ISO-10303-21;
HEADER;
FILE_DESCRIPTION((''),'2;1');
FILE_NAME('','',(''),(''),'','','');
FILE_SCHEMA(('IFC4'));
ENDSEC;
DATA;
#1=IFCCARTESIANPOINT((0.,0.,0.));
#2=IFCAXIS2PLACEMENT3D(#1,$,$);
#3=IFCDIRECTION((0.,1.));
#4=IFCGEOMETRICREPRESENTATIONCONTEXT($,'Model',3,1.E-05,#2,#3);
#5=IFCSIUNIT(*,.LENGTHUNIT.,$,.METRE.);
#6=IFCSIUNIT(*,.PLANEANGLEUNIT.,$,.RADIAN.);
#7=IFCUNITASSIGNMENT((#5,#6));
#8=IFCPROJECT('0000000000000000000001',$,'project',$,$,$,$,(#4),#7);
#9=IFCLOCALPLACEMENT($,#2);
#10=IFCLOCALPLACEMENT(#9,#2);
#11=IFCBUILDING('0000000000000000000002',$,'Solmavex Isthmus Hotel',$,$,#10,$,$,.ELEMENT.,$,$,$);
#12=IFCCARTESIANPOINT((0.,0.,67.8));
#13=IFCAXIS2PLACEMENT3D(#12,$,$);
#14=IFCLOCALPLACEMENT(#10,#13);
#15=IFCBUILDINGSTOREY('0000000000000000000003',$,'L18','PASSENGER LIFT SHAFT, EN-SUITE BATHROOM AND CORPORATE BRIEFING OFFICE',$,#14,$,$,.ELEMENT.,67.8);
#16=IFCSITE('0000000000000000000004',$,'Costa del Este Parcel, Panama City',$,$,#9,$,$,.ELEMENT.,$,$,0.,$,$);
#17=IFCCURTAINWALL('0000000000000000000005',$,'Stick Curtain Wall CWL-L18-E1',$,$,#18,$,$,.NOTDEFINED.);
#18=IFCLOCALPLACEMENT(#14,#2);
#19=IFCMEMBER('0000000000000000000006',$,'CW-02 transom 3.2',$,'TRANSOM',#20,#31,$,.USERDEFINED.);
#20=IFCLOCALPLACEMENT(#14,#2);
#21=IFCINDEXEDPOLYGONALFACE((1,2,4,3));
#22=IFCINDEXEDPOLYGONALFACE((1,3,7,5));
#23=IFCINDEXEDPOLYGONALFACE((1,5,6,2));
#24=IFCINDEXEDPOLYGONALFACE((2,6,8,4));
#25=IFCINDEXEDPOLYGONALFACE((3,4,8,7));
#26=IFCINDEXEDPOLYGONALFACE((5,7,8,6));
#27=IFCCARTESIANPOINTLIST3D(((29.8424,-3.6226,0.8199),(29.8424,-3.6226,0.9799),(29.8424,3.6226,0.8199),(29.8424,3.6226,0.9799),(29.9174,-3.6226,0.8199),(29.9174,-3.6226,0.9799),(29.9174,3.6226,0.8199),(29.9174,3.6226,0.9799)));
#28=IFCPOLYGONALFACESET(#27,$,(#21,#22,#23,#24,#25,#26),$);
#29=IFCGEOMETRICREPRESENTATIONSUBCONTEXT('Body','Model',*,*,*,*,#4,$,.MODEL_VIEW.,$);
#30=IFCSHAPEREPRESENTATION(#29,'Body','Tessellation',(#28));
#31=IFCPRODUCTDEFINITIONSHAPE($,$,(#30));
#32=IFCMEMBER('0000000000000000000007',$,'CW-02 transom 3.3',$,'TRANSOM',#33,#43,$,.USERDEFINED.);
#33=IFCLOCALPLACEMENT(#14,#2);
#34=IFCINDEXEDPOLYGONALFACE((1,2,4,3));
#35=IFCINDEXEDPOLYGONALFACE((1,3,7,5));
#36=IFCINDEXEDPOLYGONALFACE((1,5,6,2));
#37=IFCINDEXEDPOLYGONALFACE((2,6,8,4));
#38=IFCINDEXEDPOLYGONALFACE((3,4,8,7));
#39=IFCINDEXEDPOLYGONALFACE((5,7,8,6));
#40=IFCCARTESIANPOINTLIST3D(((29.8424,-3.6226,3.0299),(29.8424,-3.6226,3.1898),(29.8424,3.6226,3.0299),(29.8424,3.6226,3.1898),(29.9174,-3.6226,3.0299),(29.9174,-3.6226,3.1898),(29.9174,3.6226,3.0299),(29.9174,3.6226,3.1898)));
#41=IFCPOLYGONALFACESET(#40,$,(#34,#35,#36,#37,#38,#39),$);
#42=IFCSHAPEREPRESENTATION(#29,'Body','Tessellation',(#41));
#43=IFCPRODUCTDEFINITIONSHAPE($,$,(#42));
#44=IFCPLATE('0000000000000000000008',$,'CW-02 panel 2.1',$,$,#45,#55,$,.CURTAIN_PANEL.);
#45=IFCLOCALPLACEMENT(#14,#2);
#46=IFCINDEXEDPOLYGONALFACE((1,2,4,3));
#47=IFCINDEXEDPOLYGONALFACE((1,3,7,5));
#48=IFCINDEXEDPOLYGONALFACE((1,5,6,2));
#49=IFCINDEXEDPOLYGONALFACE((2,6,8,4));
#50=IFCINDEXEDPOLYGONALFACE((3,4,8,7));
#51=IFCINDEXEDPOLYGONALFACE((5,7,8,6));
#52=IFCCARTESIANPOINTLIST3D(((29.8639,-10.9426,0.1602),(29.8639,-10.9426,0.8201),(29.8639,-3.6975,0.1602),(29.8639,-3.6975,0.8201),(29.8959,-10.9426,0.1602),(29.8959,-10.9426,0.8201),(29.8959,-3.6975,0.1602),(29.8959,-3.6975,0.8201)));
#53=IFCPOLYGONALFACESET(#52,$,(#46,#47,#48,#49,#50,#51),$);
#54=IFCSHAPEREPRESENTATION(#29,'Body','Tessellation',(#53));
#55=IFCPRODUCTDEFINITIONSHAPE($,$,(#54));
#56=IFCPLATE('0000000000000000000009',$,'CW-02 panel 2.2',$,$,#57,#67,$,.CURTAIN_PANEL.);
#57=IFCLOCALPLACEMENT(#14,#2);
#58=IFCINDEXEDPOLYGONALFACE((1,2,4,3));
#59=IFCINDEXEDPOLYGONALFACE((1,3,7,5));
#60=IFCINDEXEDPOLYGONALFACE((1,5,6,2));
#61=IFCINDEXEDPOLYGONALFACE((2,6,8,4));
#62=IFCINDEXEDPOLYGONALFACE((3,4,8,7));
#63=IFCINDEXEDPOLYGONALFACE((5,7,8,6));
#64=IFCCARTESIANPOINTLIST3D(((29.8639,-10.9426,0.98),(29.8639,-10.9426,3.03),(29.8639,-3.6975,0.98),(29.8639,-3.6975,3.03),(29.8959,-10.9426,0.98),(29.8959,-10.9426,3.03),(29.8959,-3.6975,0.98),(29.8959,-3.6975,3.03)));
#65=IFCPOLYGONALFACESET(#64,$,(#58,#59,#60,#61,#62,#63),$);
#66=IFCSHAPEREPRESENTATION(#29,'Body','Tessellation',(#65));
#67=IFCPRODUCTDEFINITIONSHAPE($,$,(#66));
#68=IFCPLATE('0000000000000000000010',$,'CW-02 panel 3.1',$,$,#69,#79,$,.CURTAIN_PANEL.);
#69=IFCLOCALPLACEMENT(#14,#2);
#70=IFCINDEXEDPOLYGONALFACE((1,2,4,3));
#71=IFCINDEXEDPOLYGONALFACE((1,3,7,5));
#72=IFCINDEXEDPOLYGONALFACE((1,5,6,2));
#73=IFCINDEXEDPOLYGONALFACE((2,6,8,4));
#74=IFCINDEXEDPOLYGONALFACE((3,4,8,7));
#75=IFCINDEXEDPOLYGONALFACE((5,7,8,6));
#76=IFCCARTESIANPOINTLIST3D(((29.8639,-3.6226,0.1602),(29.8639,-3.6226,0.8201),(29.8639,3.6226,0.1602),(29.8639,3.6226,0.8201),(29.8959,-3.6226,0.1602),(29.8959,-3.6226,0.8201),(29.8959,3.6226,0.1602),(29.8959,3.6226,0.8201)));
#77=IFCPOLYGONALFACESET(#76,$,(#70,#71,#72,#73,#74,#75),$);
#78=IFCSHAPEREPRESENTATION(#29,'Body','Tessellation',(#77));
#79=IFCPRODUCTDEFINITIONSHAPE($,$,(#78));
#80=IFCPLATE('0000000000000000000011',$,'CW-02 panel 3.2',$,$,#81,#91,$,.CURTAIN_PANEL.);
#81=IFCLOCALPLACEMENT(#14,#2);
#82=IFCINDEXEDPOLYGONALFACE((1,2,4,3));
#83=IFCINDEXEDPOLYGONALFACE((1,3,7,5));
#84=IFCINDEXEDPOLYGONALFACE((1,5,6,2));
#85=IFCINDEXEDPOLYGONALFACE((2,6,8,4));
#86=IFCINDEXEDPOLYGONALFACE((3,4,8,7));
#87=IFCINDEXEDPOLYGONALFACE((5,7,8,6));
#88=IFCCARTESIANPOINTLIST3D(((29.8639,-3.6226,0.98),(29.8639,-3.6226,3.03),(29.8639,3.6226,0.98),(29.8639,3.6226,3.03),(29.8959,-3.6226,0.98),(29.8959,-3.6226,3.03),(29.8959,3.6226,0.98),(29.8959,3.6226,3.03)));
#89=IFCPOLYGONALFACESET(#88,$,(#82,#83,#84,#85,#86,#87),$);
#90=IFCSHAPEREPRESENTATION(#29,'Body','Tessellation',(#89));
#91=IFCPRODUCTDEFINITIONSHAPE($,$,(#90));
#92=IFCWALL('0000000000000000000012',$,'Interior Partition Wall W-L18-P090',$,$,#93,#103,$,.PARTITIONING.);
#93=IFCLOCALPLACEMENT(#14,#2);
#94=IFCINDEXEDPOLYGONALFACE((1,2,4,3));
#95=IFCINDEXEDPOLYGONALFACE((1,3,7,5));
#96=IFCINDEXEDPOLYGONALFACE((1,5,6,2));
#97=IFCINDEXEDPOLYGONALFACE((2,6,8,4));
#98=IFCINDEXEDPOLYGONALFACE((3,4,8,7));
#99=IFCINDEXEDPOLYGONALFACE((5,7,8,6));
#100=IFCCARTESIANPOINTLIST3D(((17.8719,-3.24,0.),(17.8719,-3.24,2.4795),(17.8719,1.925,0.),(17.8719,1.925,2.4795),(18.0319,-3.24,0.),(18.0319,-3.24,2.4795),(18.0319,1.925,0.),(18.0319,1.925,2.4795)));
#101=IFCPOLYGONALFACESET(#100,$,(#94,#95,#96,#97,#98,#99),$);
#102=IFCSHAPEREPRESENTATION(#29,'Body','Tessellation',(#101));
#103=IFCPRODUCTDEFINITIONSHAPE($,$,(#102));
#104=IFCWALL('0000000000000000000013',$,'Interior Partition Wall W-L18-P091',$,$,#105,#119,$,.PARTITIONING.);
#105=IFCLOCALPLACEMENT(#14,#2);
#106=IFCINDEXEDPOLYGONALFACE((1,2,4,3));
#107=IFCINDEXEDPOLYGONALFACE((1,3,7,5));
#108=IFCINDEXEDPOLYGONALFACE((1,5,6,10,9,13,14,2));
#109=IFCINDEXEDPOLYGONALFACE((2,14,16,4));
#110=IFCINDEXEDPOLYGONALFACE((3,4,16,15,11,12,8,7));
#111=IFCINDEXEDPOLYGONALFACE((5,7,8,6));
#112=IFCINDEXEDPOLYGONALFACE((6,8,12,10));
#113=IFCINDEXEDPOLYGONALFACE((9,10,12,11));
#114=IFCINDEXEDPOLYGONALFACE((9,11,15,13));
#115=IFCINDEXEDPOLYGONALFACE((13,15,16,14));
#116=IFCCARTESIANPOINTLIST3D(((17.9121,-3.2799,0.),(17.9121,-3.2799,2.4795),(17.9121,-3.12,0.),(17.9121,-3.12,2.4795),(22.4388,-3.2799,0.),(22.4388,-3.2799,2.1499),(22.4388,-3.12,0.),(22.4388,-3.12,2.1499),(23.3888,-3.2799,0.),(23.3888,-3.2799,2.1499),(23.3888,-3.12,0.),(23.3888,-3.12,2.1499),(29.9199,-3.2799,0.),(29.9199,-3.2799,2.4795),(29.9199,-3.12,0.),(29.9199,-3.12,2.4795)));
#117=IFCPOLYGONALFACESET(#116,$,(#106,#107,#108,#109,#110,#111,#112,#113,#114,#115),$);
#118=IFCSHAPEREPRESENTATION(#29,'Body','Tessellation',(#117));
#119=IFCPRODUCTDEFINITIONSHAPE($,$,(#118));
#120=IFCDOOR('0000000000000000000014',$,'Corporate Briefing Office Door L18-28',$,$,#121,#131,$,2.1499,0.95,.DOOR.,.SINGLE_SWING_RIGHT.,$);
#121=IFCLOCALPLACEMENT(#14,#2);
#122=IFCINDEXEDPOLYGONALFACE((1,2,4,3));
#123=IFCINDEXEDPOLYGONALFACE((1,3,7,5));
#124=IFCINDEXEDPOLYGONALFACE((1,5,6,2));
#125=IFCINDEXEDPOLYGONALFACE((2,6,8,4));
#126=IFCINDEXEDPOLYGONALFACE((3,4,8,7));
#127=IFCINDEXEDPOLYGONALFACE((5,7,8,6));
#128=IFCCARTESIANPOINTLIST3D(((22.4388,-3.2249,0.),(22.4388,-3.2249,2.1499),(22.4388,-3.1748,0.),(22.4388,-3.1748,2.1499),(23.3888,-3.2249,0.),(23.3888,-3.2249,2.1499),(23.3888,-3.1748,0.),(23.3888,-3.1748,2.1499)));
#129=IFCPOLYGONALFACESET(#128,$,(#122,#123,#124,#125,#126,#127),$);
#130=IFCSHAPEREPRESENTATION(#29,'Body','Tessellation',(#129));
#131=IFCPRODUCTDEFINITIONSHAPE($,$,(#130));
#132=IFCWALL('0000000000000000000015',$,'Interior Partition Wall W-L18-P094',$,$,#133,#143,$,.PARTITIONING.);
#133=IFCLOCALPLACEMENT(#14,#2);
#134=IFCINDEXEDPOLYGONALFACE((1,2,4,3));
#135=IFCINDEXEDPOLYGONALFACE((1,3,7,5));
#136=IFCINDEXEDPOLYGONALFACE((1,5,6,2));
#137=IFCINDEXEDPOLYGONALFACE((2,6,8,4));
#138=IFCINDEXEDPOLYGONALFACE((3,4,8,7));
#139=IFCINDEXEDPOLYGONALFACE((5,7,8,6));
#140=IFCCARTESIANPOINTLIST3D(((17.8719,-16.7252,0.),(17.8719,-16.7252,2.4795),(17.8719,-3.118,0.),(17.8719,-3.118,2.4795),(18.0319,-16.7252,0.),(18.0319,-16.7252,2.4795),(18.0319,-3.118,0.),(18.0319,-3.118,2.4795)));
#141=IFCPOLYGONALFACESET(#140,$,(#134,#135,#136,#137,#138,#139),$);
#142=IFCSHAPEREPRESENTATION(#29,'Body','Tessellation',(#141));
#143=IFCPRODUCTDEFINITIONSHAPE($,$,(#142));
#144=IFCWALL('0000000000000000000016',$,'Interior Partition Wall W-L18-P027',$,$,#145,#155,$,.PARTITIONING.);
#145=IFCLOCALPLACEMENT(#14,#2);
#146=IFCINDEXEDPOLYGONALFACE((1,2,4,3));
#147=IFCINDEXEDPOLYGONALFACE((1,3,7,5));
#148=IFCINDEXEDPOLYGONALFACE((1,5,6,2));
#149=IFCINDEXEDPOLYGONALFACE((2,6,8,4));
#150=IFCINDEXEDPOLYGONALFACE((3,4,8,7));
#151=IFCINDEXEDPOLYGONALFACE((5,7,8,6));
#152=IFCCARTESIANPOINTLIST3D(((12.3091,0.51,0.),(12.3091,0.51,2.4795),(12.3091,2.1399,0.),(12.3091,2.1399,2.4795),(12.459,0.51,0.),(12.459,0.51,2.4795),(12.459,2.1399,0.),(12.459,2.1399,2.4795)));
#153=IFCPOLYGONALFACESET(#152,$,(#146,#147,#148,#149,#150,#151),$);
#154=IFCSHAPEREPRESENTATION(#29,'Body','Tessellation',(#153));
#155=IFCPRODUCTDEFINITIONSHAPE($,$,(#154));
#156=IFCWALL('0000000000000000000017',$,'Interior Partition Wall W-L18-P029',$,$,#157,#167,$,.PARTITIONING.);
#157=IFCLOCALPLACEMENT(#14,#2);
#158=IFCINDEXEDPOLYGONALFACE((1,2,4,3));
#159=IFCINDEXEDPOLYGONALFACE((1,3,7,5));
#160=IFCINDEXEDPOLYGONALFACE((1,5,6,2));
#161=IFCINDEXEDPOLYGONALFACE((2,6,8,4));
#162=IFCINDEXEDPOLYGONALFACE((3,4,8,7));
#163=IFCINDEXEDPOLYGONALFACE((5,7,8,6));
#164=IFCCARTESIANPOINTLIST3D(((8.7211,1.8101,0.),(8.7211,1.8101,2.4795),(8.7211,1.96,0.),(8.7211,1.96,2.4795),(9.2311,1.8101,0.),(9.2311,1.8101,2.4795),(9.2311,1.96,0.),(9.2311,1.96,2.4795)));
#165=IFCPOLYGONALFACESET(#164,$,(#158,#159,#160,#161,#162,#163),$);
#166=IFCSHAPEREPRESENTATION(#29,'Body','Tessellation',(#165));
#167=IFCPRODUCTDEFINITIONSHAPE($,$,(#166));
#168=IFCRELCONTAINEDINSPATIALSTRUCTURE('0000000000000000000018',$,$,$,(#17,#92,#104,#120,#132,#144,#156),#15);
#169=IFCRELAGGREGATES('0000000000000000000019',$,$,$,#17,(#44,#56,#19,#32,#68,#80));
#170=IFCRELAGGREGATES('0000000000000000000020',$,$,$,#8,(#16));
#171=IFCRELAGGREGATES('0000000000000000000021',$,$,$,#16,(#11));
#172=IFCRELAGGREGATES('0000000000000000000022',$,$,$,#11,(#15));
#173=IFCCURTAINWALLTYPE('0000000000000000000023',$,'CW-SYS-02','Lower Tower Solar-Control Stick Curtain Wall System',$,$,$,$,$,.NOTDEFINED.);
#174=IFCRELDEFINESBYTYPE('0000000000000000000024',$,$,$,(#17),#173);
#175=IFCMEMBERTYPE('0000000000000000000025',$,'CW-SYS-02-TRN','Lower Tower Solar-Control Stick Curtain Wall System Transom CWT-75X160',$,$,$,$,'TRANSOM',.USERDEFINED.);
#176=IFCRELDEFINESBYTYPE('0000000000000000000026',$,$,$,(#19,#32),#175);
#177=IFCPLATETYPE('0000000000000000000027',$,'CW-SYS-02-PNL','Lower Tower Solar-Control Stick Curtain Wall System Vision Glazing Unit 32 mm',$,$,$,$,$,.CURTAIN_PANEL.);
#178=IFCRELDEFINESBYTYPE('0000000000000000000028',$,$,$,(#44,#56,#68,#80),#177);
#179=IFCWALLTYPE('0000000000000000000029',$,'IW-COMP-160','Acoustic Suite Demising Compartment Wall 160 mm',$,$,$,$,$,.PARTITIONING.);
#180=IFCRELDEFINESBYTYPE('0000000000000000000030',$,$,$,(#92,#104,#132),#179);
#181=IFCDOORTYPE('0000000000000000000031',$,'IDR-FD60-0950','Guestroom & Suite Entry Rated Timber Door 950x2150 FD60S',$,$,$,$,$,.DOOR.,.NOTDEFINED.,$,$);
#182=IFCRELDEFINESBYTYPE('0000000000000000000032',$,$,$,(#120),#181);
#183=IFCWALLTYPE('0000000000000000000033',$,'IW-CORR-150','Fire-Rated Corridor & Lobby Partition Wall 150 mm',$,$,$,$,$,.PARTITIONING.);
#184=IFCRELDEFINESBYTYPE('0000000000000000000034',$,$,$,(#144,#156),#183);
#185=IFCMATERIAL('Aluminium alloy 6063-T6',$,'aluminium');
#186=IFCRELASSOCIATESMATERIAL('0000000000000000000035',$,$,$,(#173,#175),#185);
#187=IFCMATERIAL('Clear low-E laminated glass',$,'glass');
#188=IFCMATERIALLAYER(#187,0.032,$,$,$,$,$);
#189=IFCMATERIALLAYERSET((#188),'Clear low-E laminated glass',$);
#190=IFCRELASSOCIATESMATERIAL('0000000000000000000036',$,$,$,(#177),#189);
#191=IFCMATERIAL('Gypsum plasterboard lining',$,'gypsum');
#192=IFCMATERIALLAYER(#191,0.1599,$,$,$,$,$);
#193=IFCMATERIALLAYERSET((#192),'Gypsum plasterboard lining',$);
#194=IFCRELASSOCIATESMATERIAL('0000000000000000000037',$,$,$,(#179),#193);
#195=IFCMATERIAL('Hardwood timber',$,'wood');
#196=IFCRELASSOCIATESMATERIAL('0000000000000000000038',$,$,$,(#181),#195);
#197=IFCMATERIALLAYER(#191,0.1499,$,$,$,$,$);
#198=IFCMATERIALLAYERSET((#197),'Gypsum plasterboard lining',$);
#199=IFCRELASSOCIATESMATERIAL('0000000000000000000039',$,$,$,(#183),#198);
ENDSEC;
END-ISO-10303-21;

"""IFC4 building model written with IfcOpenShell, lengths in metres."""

from ifc_helpers import new_model, si_unit, direction, frame, frame_2d, origin, origin_2d, place, context, subcontext, project, spatial, rectangle, extrude, material, layer, layer_set, material_profile, profile_set, type_object, element, fill, aggregate, save


model = new_model("IFC4")

# Units and contexts
model_context = context("Model", 3, precision=1e-05, world=origin(), true_north=direction((0.0, 1.0)))
body_context = subcontext(model_context, "Body", "Model", "MODEL_VIEW")
ifc_project = project(units=[si_unit("LENGTHUNIT", "METRE"), si_unit("PLANEANGLEUNIT", "RADIAN")], contexts=[model_context])

# Site, building, storey
site_placement = place(None, origin())
site = spatial("IfcSite", under=ifc_project, at=site_placement, Name="Costa del Este Parcel, Panama City", CompositionType="ELEMENT", RefElevation=0.0)
building_placement = place(site_placement, origin())
building = spatial("IfcBuilding", under=site, at=building_placement, Name="Solmavex Isthmus Hotel", CompositionType="ELEMENT")
storey_placement = place(building_placement, frame((0.0, 0.0, 67.8)))
storey = spatial("IfcBuildingStorey", under=building, at=storey_placement, Name="L18", Description="PASSENGER LIFT SHAFT, EN-SUITE BATHROOM AND CORPORATE BRIEFING OFFICE", CompositionType="ELEMENT", Elevation=67.8)

# Curtain wall, members, plates
ifc_material_1 = material(Name="Aluminium alloy 6063-T6", Category="aluminium")
curtain_wall_type = type_object("IfcCurtainWallType", Name="CW-SYS-02", Description="Lower Tower Solar-Control Stick Curtain Wall System", PredefinedType="NOTDEFINED", material=ifc_material_1)
curtain_wall_placement = place(storey_placement, origin())
curtain_wall = element("IfcCurtainWall", 1, at=curtain_wall_placement, inside=storey, type_object=curtain_wall_type, Name="Stick Curtain Wall CWL-L18-E1", PredefinedType="NOTDEFINED")
ifc_material_profile_1 = material_profile(ifc_material_1, rectangle(XDim=0.075, YDim=0.1599, at=origin_2d()), Name="CWT-75X160")
ifc_profile_set_1 = profile_set([ifc_material_profile_1], Name="Aluminium alloy 6063-T6")
member_type_1 = type_object("IfcMemberType", Name="CW-SYS-02-TRN", Description="Lower Tower Solar-Control Stick Curtain Wall System Transom CWT-75X160", ElementType="TRANSOM", PredefinedType="USERDEFINED", material=ifc_profile_set_1)
member_1_placement = place(storey_placement, frame((29.8799, -3.6226, 0.8999), z_axis=(0.0, 1.0, 0.0), x_axis=(-1.0, 0.0, 0.0)))
member_1 = element("IfcMember", 2, at=member_1_placement, type_object=member_type_1, Name="CW-02 transom 3.2", ObjectType="TRANSOM", PredefinedType="USERDEFINED", context=body_context, shape_type="SweptSolid", body=[
    extrude(rectangle(XDim=0.075, YDim=0.1599, at=origin_2d()), origin(), (0.0, 0.0, 1.0), 7.2451),
])
member_2_placement = place(storey_placement, frame((29.8799, -3.6226, 3.1099), z_axis=(0.0, 1.0, 0.0), x_axis=(-1.0, 0.0, 0.0)))
member_2 = element("IfcMember", 3, at=member_2_placement, type_object=member_type_1, Name="CW-02 transom 3.3", ObjectType="TRANSOM", PredefinedType="USERDEFINED", context=body_context, shape_type="SweptSolid", body=[
    extrude(rectangle(XDim=0.075, YDim=0.1599, at=origin_2d()), origin(), (0.0, 0.0, 1.0), 7.2451),
])
ifc_material_2 = material(Name="Clear low-E laminated glass", Category="glass")
ifc_layer_1 = layer(ifc_material_2, 0.032)
ifc_layer_set_1 = layer_set([ifc_layer_1], Name="Clear low-E laminated glass")
plate_type = type_object("IfcPlateType", Name="CW-SYS-02-PNL", Description="Lower Tower Solar-Control Stick Curtain Wall System Vision Glazing Unit 32 mm", PredefinedType="CURTAIN_PANEL", material=ifc_layer_set_1)
plate_1_placement = place(storey_placement, frame((29.8799, -7.3201, 0.1602), z_axis=(0.0, 0.0, 1.0), x_axis=(0.0, 1.0, 0.0)))
plate_1 = element("IfcPlate", 4, at=plate_1_placement, type_object=plate_type, Name="CW-02 panel 2.1", PredefinedType="CURTAIN_PANEL", context=body_context, shape_type="SweptSolid", body=[
    extrude(rectangle(XDim=7.2451, YDim=0.032, at=origin_2d()), origin(), (0.0, 0.0, 1.0), 0.6599),
])
plate_2_placement = place(storey_placement, frame((29.8799, -7.3201, 0.98), z_axis=(0.0, 0.0, 1.0), x_axis=(0.0, 1.0, 0.0)))
plate_2 = element("IfcPlate", 5, at=plate_2_placement, type_object=plate_type, Name="CW-02 panel 2.2", PredefinedType="CURTAIN_PANEL", context=body_context, shape_type="SweptSolid", body=[
    extrude(rectangle(XDim=7.2451, YDim=0.032, at=origin_2d()), origin(), (0.0, 0.0, 1.0), 2.05),
])
plate_3_placement = place(storey_placement, frame((29.8799, 0.0, 0.1602), z_axis=(0.0, 0.0, 1.0), x_axis=(0.0, 1.0, 0.0)))
plate_3 = element("IfcPlate", 6, at=plate_3_placement, type_object=plate_type, Name="CW-02 panel 3.1", PredefinedType="CURTAIN_PANEL", context=body_context, shape_type="SweptSolid", body=[
    extrude(rectangle(XDim=7.2451, YDim=0.032, at=origin_2d()), origin(), (0.0, 0.0, 1.0), 0.6599),
])
plate_4_placement = place(storey_placement, frame((29.8799, 0.0, 0.98), z_axis=(0.0, 0.0, 1.0), x_axis=(0.0, 1.0, 0.0)))
plate_4 = element("IfcPlate", 7, at=plate_4_placement, type_object=plate_type, Name="CW-02 panel 3.2", PredefinedType="CURTAIN_PANEL", context=body_context, shape_type="SweptSolid", body=[
    extrude(rectangle(XDim=7.2451, YDim=0.032, at=origin_2d()), origin(), (0.0, 0.0, 1.0), 2.05),
])
aggregate(curtain_wall, [plate_1, plate_2, member_1, member_2, plate_3, plate_4])

# Wall
ifc_material_3 = material(Name="Gypsum plasterboard lining", Category="gypsum")
ifc_layer_2 = layer(ifc_material_3, 0.1599)
ifc_layer_set_2 = layer_set([ifc_layer_2], Name="Gypsum plasterboard lining")
wall_type_1 = type_object("IfcWallType", Name="IW-COMP-160", Description="Acoustic Suite Demising Compartment Wall 160 mm", PredefinedType="PARTITIONING", material=ifc_layer_set_2)
wall_1_placement = place(storey_placement, frame((17.9519, -3.24, 0.0), z_axis=(0.0, 0.0, 1.0), x_axis=(0.0, 1.0, 0.0)))
element("IfcWall", 8, at=wall_1_placement, inside=storey, type_object=wall_type_1, Name="Interior Partition Wall W-L18-P090", PredefinedType="PARTITIONING", context=body_context, shape_type="SweptSolid", body=[
    extrude(rectangle(XDim=5.165, YDim=0.1599, at=frame_2d((2.5825, 0.0))), origin(), (0.0, 0.0, 1.0), 2.4795),
])

# Wall, opening, door
wall_2_placement = place(storey_placement, frame((29.9199, -3.2, 0.0), z_axis=(0.0, 0.0, 1.0), x_axis=(-1.0, 0.0, 0.0)))
wall_2 = element("IfcWall", 9, at=wall_2_placement, inside=storey, type_object=wall_type_1, Name="Interior Partition Wall W-L18-P091", PredefinedType="PARTITIONING", context=body_context, shape_type="SweptSolid", body=[
    extrude(rectangle(XDim=12.0078, YDim=0.1599, at=frame_2d((6.0039, 0.0))), origin(), (0.0, 0.0, 1.0), 2.4795),
])
opening_1_placement = place(wall_2_placement, frame((6.531, 0.0, 0.0)))
opening_1 = element("IfcOpeningElement", 10, at=opening_1_placement, cuts=wall_2, PredefinedType="OPENING", context=body_context, shape_type="SweptSolid", body=[
    extrude(rectangle(XDim=0.95, YDim=2.1499, at=frame_2d((0.4751, 1.075))), frame((0.0, 0.0898, 0.0), z_axis=(0.0, -1.0, 0.0), x_axis=(1.0, 0.0, 0.0)), (0.0, 0.0, 1.0), 0.1799),
])
ifc_material_4 = material(Name="Hardwood timber", Category="wood")
door_type_1 = type_object("IfcDoorType", Name="IDR-FD60-0950", Description="Guestroom & Suite Entry Rated Timber Door 950x2150 FD60S", OperationType="NOTDEFINED", PredefinedType="DOOR", material=ifc_material_4)
door_1_placement = place(opening_1_placement, origin())
door_1 = element("IfcDoor", 11, at=door_1_placement, inside=storey, type_object=door_type_1, Name="Corporate Briefing Office Door L18-28", OperationType="SINGLE_SWING_RIGHT", OverallHeight=2.1499, OverallWidth=0.95, PredefinedType="DOOR", context=body_context, shape_type="SweptSolid", body=[
    extrude(rectangle(XDim=0.95, YDim=2.1499, at=frame_2d((0.4751, 1.075))), frame((0.0, 0.0249, 0.0), z_axis=(0.0, -1.0, 0.0), x_axis=(1.0, 0.0, 0.0)), (0.0, 0.0, 1.0), 0.05),
])
fill(opening_1, door_1)

# Walls
wall_3_placement = place(storey_placement, frame((17.9519, -3.1179, 0.0), z_axis=(0.0, 0.0, 1.0), x_axis=(0.0, -1.0, 0.0)))
element("IfcWall", 12, at=wall_3_placement, inside=storey, type_object=wall_type_1, Name="Interior Partition Wall W-L18-P094", PredefinedType="PARTITIONING", context=body_context, shape_type="SweptSolid", body=[
    extrude(rectangle(XDim=13.6072, YDim=0.1599, at=frame_2d((6.8037, 0.0))), origin(), (0.0, 0.0, 1.0), 2.4795),
])
ifc_layer_3 = layer(ifc_material_3, 0.1499)
ifc_layer_set_3 = layer_set([ifc_layer_3], Name="Gypsum plasterboard lining")
wall_type_2 = type_object("IfcWallType", Name="IW-CORR-150", Description="Fire-Rated Corridor & Lobby Partition Wall 150 mm", PredefinedType="PARTITIONING", material=ifc_layer_set_3)
wall_4_placement = place(storey_placement, frame((12.384, 0.51, 0.0), z_axis=(0.0, 0.0, 1.0), x_axis=(0.0, 1.0, 0.0)))
element("IfcWall", 13, at=wall_4_placement, inside=storey, type_object=wall_type_2, Name="Interior Partition Wall W-L18-P027", PredefinedType="PARTITIONING", context=body_context, shape_type="SweptSolid", body=[
    extrude(rectangle(XDim=1.6299, YDim=0.1499, at=frame_2d((0.8149, 0.0))), origin(), (0.0, 0.0, 1.0), 2.4795),
])
wall_5_placement = place(storey_placement, frame((9.231, 1.885, 0.0), z_axis=(0.0, 0.0, 1.0), x_axis=(-1.0, 0.0, 0.0)))
element("IfcWall", 14, at=wall_5_placement, inside=storey, type_object=wall_type_2, Name="Interior Partition Wall W-L18-P029", PredefinedType="PARTITIONING", context=body_context, shape_type="SweptSolid", body=[
    extrude(rectangle(XDim=0.51, YDim=0.1499, at=frame_2d((0.2549, 0.0))), origin(), (0.0, 0.0, 1.0), 2.4795),
])

save(model, "model.ifc")
